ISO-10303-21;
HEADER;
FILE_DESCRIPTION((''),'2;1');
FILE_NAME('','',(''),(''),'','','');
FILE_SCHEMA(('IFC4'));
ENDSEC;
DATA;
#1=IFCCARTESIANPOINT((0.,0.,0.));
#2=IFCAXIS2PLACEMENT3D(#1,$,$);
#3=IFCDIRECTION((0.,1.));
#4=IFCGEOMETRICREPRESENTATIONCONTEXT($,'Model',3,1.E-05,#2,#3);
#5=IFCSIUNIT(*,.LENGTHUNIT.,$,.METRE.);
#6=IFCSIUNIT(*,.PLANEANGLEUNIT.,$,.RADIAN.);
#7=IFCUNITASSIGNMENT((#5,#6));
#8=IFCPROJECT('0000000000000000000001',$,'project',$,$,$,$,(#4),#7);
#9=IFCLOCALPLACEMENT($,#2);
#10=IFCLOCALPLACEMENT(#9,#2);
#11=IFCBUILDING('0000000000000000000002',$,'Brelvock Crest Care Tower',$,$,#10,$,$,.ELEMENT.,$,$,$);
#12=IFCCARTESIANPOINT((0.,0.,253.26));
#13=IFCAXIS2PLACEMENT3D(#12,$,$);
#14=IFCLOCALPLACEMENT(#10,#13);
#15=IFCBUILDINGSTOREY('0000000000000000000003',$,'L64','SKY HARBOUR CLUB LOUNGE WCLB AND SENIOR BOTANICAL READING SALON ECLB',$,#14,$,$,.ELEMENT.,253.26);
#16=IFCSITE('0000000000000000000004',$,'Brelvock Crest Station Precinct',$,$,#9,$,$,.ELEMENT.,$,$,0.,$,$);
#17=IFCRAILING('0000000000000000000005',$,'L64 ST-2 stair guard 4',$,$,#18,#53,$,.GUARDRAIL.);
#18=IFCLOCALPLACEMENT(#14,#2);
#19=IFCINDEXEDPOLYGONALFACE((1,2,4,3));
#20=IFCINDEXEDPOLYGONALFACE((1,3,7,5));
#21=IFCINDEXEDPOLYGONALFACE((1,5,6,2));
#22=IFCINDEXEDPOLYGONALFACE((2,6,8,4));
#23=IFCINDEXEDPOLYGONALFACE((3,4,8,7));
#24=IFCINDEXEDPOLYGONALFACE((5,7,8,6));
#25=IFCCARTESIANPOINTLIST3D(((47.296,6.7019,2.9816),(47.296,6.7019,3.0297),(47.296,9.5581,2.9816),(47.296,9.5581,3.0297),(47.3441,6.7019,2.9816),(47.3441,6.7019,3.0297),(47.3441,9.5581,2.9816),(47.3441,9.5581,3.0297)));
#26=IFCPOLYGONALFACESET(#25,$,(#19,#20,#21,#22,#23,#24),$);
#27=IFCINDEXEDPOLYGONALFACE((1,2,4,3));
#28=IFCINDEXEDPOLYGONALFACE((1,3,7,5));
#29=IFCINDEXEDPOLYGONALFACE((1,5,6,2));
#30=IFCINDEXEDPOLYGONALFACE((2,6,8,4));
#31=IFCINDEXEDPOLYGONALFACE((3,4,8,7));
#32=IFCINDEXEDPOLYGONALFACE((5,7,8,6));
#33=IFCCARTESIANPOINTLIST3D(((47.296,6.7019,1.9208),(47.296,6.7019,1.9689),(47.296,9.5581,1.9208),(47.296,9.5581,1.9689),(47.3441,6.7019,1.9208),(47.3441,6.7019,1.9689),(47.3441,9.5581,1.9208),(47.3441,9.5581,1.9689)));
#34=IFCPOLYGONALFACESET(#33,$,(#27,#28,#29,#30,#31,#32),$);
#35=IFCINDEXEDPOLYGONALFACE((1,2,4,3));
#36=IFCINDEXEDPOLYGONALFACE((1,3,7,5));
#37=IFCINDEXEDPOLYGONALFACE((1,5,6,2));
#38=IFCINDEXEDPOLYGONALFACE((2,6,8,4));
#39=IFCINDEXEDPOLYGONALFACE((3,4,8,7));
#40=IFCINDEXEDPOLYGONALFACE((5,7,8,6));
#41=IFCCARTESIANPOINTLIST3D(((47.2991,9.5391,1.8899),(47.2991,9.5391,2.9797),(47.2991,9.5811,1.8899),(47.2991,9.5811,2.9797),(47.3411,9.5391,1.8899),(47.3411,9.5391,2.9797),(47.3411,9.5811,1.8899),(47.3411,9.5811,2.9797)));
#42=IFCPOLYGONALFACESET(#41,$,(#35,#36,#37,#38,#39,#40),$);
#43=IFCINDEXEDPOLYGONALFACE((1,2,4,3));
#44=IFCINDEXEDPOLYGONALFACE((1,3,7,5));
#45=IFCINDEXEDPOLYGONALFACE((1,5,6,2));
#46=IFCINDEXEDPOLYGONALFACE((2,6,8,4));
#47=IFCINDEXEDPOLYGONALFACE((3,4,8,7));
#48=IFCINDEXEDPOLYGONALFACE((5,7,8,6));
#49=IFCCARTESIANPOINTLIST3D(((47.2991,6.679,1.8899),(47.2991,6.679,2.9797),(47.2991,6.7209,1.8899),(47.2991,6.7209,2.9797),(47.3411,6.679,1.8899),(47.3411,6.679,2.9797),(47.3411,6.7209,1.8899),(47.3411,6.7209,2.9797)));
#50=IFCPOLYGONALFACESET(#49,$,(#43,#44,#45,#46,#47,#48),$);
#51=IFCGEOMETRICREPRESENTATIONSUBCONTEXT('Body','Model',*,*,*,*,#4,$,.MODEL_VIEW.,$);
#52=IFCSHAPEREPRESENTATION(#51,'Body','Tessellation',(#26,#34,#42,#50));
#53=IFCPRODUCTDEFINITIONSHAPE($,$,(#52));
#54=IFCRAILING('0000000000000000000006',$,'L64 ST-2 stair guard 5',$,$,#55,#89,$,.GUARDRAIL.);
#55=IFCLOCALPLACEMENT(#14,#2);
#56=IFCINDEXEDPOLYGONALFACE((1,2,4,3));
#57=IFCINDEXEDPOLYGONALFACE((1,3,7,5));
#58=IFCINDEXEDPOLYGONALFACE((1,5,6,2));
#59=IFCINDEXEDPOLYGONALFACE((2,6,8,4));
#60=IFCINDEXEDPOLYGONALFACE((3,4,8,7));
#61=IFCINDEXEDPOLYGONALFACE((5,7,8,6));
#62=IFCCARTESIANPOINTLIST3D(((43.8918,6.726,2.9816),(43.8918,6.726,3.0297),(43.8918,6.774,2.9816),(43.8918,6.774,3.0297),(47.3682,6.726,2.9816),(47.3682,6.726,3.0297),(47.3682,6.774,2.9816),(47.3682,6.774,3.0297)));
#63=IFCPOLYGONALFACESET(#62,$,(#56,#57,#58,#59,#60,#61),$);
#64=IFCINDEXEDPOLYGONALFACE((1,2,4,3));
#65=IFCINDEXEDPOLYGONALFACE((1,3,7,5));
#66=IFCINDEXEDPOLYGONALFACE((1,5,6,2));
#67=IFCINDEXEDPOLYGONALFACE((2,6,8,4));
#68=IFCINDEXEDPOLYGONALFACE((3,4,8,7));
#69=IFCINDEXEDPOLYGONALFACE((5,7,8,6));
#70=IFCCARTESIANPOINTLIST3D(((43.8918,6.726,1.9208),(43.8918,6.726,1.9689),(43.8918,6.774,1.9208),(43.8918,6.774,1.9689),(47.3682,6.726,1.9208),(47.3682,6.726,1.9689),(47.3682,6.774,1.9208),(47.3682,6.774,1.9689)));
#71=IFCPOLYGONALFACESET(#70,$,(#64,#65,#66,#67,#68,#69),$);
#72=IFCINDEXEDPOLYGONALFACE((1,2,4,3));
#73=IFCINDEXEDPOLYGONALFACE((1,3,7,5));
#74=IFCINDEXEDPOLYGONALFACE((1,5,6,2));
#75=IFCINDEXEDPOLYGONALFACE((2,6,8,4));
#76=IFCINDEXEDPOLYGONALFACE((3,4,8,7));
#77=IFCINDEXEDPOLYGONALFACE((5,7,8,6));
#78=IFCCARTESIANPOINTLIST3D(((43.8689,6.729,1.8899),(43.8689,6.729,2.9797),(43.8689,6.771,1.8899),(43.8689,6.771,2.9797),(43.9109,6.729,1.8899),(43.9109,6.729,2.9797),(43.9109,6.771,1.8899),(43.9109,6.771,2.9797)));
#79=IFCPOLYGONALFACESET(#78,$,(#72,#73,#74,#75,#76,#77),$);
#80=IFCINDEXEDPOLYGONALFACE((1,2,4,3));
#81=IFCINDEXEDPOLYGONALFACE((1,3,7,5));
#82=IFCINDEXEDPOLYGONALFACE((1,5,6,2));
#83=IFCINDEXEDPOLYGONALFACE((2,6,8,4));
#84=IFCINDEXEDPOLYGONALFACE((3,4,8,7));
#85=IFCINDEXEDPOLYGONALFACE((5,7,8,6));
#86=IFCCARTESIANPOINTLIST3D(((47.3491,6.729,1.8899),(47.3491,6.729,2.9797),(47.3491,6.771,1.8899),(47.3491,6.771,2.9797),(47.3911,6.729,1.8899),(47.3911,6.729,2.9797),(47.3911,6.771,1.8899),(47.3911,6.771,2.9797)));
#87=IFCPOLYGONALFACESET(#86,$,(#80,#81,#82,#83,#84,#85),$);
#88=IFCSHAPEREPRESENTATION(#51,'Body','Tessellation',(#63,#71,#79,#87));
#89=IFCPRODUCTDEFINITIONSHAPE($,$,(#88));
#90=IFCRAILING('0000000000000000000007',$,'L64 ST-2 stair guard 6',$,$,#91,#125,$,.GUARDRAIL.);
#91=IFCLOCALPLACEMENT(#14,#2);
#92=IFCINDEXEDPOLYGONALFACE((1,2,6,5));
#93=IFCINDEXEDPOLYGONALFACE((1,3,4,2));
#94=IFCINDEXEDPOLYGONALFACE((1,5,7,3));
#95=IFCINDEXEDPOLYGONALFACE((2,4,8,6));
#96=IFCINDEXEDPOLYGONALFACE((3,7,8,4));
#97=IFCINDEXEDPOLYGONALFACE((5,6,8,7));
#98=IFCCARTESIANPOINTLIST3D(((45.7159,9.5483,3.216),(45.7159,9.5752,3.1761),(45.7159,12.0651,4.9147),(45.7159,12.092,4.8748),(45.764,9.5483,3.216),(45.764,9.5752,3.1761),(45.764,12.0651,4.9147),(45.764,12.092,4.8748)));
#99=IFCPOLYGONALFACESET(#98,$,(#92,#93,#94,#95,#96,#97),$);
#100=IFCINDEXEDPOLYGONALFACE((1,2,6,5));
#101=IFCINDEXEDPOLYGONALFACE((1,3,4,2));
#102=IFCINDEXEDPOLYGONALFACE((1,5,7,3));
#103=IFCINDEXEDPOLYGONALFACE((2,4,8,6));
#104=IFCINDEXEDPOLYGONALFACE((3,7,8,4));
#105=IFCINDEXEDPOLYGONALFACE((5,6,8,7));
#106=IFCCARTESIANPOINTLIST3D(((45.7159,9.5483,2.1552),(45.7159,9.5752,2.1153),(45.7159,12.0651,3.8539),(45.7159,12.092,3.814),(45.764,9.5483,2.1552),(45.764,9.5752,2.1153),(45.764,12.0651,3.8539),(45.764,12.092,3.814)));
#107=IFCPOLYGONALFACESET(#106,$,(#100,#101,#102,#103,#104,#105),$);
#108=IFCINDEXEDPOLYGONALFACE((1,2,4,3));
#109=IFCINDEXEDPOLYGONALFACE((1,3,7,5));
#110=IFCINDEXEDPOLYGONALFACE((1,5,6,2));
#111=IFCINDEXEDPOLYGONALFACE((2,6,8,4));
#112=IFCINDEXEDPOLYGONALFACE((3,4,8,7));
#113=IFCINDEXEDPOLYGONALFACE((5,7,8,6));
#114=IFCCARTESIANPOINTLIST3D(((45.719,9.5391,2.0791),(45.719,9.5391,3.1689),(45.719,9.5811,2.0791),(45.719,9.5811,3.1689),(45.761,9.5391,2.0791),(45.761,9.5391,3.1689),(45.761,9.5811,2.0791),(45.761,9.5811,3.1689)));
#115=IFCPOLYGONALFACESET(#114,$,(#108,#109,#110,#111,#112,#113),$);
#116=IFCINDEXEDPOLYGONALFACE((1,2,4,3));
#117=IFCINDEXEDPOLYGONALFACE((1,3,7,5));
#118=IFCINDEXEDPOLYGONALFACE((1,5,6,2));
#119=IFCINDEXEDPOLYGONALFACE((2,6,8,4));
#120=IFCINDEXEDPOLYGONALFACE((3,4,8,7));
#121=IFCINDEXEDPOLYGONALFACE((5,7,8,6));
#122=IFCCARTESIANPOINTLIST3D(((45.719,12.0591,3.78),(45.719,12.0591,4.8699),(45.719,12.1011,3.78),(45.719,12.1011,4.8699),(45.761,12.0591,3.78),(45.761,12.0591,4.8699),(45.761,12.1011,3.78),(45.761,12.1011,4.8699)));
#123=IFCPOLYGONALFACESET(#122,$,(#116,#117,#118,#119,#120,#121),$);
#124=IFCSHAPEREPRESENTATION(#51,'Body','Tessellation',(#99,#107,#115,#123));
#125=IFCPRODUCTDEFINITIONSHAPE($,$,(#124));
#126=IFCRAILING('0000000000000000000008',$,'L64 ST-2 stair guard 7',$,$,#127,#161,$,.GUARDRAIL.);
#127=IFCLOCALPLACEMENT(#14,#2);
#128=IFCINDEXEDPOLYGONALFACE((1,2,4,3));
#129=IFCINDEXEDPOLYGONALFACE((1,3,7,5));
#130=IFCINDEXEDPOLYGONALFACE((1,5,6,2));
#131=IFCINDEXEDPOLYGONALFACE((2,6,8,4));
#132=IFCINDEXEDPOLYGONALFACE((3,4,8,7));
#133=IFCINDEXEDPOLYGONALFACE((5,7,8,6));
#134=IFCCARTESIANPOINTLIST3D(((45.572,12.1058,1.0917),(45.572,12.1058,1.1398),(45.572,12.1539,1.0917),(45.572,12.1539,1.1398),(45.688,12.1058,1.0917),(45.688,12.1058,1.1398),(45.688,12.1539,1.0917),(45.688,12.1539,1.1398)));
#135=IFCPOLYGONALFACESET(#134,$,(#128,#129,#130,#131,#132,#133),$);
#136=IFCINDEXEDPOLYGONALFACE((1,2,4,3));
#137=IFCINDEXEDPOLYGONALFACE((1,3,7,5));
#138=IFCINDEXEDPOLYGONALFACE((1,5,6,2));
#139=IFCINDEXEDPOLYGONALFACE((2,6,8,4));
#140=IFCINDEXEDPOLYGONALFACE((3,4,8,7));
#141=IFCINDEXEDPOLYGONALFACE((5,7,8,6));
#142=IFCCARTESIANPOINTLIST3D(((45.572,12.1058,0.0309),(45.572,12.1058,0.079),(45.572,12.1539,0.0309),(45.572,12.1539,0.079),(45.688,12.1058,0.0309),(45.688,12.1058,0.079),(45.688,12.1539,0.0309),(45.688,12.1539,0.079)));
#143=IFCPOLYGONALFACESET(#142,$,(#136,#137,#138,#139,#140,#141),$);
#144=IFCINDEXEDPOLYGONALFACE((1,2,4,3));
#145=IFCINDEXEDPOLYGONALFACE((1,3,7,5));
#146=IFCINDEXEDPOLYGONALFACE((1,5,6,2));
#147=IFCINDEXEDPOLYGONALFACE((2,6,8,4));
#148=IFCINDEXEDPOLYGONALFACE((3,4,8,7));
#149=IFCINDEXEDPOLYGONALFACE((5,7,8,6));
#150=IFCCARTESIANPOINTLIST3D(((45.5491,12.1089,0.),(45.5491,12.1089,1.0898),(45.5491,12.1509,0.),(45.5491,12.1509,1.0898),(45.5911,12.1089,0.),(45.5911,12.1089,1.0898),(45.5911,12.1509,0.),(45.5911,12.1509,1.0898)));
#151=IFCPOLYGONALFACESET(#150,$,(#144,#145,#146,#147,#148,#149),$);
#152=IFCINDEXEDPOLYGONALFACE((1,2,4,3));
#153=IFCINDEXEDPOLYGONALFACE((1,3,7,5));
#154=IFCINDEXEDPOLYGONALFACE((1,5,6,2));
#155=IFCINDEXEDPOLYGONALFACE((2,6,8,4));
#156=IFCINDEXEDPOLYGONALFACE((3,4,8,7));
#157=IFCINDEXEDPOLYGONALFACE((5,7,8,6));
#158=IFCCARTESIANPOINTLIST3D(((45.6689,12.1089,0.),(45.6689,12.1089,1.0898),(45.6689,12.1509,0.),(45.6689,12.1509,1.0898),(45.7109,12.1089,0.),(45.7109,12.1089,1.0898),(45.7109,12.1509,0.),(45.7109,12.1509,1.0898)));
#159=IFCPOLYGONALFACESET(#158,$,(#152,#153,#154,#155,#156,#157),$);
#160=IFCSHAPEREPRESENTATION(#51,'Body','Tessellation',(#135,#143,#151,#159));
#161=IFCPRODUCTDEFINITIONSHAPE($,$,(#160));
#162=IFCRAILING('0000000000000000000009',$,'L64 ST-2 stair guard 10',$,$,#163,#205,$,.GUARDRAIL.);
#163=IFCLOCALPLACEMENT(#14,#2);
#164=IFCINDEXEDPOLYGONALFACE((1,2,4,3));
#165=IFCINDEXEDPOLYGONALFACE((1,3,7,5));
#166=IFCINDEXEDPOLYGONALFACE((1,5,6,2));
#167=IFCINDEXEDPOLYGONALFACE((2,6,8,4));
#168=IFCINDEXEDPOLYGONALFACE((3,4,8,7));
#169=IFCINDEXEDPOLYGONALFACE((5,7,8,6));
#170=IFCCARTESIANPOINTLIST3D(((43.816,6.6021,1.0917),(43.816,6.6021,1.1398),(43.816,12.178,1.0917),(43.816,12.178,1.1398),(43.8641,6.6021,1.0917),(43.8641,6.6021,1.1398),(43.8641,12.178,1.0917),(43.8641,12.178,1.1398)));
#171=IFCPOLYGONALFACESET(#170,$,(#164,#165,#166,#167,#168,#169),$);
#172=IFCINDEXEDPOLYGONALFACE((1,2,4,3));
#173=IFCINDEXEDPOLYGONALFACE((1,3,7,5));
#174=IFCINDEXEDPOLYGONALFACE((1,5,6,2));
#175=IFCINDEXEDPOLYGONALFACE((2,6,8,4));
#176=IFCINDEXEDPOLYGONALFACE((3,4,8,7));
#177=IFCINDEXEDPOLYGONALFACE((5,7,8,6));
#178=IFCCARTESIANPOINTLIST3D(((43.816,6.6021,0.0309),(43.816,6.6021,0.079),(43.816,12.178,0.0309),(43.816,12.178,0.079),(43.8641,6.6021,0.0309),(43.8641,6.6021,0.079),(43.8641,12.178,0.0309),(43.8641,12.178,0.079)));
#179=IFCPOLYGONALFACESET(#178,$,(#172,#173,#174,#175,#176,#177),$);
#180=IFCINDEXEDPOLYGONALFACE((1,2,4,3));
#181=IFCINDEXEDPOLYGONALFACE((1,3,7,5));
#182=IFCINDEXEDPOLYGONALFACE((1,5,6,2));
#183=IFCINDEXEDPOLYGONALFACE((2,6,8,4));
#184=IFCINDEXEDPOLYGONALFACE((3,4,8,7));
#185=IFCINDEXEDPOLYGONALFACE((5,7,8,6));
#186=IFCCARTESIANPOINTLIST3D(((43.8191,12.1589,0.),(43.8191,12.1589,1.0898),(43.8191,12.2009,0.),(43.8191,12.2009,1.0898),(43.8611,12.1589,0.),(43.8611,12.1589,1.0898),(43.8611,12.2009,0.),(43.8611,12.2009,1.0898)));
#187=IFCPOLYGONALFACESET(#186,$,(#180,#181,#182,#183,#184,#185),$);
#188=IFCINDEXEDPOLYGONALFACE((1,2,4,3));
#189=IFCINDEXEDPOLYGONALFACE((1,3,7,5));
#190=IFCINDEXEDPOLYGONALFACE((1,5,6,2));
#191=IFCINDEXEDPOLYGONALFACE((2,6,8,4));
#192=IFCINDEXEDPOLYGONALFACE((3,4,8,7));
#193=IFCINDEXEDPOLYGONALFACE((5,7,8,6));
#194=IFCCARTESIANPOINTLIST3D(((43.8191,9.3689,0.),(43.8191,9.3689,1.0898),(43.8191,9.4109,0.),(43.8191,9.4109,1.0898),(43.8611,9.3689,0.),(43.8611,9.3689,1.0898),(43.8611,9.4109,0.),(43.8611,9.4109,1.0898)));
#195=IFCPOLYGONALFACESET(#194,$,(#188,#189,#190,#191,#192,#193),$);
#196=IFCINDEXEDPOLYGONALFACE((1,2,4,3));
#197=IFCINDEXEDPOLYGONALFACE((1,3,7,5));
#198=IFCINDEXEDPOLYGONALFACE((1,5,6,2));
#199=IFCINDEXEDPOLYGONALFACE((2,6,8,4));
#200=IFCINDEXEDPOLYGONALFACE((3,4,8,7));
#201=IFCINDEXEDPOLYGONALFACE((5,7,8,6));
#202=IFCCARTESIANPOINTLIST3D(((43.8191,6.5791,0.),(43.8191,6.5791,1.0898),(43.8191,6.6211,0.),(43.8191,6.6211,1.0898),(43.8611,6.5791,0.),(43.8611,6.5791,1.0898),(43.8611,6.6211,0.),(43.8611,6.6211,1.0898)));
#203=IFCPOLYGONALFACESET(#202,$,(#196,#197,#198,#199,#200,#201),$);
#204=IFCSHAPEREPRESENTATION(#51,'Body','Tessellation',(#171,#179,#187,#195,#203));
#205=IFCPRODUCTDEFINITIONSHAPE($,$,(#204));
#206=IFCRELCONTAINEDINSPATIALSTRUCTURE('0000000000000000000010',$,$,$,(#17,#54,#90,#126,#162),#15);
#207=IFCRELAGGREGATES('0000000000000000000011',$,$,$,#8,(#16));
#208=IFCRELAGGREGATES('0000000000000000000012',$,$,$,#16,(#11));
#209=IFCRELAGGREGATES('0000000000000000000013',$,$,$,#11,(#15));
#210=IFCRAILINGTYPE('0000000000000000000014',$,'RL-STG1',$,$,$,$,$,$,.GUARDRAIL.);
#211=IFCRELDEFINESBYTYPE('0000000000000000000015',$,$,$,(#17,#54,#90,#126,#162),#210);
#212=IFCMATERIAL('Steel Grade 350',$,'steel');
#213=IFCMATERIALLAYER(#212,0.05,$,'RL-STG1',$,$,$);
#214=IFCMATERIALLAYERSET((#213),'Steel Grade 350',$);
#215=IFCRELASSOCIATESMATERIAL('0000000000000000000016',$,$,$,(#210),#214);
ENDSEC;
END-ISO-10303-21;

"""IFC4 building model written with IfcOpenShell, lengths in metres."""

from ifc_helpers import new_model, si_unit, direction, frame, origin, origin_2d, place, context, subcontext, project, spatial, rectangle, extrude, material, layer, layer_set, type_object, element, save


model = new_model("IFC4")

# Units and contexts
model_context = context("Model", 3, precision=1e-05, world=origin(), true_north=direction((0.0, 1.0)))
body_context = subcontext(model_context, "Body", "Model", "MODEL_VIEW")
ifc_project = project(units=[si_unit("LENGTHUNIT", "METRE"), si_unit("PLANEANGLEUNIT", "RADIAN")], contexts=[model_context])

# Site, building, storey
site_placement = place(None, origin())
site = spatial("IfcSite", under=ifc_project, at=site_placement, Name="Brelvock Crest Station Precinct", CompositionType="ELEMENT", RefElevation=0.0)
building_placement = place(site_placement, origin())
building = spatial("IfcBuilding", under=site, at=building_placement, Name="Brelvock Crest Care Tower", CompositionType="ELEMENT")
storey_placement = place(building_placement, frame((0.0, 0.0, 253.26)))
storey = spatial("IfcBuildingStorey", under=building, at=storey_placement, Name="L64", Description="SKY HARBOUR CLUB LOUNGE WCLB AND SENIOR BOTANICAL READING SALON ECLB", CompositionType="ELEMENT", Elevation=253.26)

# Shared definitions
ifc_material_1 = material(Name="Steel Grade 350", Category="steel")

# Railings
ifc_layer_1 = layer(ifc_material_1, 0.05, Name="RL-STG1")
ifc_layer_set_1 = layer_set([ifc_layer_1], Name="Steel Grade 350")
railing_type_1 = type_object("IfcRailingType", Name="RL-STG1", PredefinedType="GUARDRAIL", material=ifc_layer_set_1)
for number, where, name in (
    (1, (47.3201, 9.5601, 1.8899), "L64 ST-2 stair guard 4"),
):
    element("IfcRailing", number, at=place(storey_placement, frame(where)), inside=storey, type_object=railing_type_1, Name=name, PredefinedType="GUARDRAIL", context=body_context, shape_type="SweptSolid", body=[
        extrude(rectangle(XDim=0.0481, YDim=0.0481, at=origin_2d()), frame((0.0, -0.002, 1.1157), z_axis=(0.0, -1.0, 0.0), x_axis=(1.0, 0.0, 0.0)), (0.0, 0.0, 1.0), 2.8562),
        extrude(rectangle(XDim=0.0481, YDim=0.0481, at=origin_2d()), frame((0.0, -0.002, 0.0549), z_axis=(0.0, -1.0, 0.0), x_axis=(1.0, 0.0, 0.0)), (0.0, 0.0, 1.0), 2.8562),
        extrude(rectangle(XDim=0.042, YDim=0.042, at=origin_2d()), origin(), (0.0, 0.0, 1.0), 1.0898),
        extrude(rectangle(XDim=0.042, YDim=0.042, at=origin_2d()), frame((0.0, -2.8601, 0.0)), (0.0, 0.0, 1.0), 1.0898),
    ])
railing_1_placement = place(storey_placement, frame((43.8899, 6.75, 1.8899)))
element("IfcRailing", 2, at=railing_1_placement, inside=storey, type_object=railing_type_1, Name="L64 ST-2 stair guard 5", PredefinedType="GUARDRAIL", context=body_context, shape_type="SweptSolid", body=[
    extrude(rectangle(XDim=0.0481, YDim=0.0481, at=origin_2d()), frame((0.002, 0.0, 1.1157), z_axis=(1.0, 0.0, 0.0), x_axis=(0.0, 1.0, 0.0)), (0.0, 0.0, 1.0), 3.4763),
    extrude(rectangle(XDim=0.0481, YDim=0.0481, at=origin_2d()), frame((0.002, 0.0, 0.0549), z_axis=(1.0, 0.0, 0.0), x_axis=(0.0, 1.0, 0.0)), (0.0, 0.0, 1.0), 3.4763),
    extrude(rectangle(XDim=0.042, YDim=0.042, at=origin_2d()), origin(), (0.0, 0.0, 1.0), 1.0898),
    extrude(rectangle(XDim=0.042, YDim=0.042, at=origin_2d()), frame((3.4802, 0.0, 0.0)), (0.0, 0.0, 1.0), 1.0898),
])
railing_2_placement = place(storey_placement, frame((45.74, 9.5601, 2.0791)))
element("IfcRailing", 3, at=railing_2_placement, inside=storey, type_object=railing_type_1, Name="L64 ST-2 stair guard 6", PredefinedType="GUARDRAIL", context=body_context, shape_type="SweptSolid", body=[
    extrude(rectangle(XDim=0.0481, YDim=0.0481, at=origin_2d()), frame((0.0, 0.0017, 1.1169), z_axis=(0.0, 0.828862, 0.559454), x_axis=(-1.0, 0.0, 0.0)), (0.0, 0.0, 1.0), 3.0364),
    extrude(rectangle(XDim=0.0481, YDim=0.0481, at=origin_2d()), frame((0.0, 0.0017, 0.0562), z_axis=(0.0, 0.828862, 0.559454), x_axis=(-1.0, 0.0, 0.0)), (0.0, 0.0, 1.0), 3.0364),
    extrude(rectangle(XDim=0.042, YDim=0.042, at=origin_2d()), origin(), (0.0, 0.0, 1.0), 1.0898),
    extrude(rectangle(XDim=0.042, YDim=0.042, at=origin_2d()), frame((0.0, 2.52, 1.7009)), (0.0, 0.0, 1.0), 1.0898),
])
railing_3_placement = place(storey_placement, frame((45.5701, 12.1299, 0.0)))
element("IfcRailing", 4, at=railing_3_placement, inside=storey, type_object=railing_type_1, Name="L64 ST-2 stair guard 7", PredefinedType="GUARDRAIL", context=body_context, shape_type="SweptSolid", body=[
    extrude(rectangle(XDim=0.0481, YDim=0.0481, at=origin_2d()), frame((0.002, 0.0, 1.1157), z_axis=(1.0, 0.0, 0.0), x_axis=(0.0, 1.0, 0.0)), (0.0, 0.0, 1.0), 0.116),
    extrude(rectangle(XDim=0.0481, YDim=0.0481, at=origin_2d()), frame((0.002, 0.0, 0.0549), z_axis=(1.0, 0.0, 0.0), x_axis=(0.0, 1.0, 0.0)), (0.0, 0.0, 1.0), 0.116),
    extrude(rectangle(XDim=0.042, YDim=0.042, at=origin_2d()), origin(), (0.0, 0.0, 1.0), 1.0898),
    extrude(rectangle(XDim=0.042, YDim=0.042, at=origin_2d()), frame((0.1199, 0.0, 0.0)), (0.0, 0.0, 1.0), 1.0898),
])
railing_4_placement = place(storey_placement, frame((43.8401, 12.1799, 0.0)))
element("IfcRailing", 5, at=railing_4_placement, inside=storey, type_object=railing_type_1, Name="L64 ST-2 stair guard 10", PredefinedType="GUARDRAIL", context=body_context, shape_type="SweptSolid", body=[
    extrude(rectangle(XDim=0.0481, YDim=0.0481, at=origin_2d()), frame((0.0, -0.002, 1.1157), z_axis=(0.0, -1.0, 0.0), x_axis=(1.0, 0.0, 0.0)), (0.0, 0.0, 1.0), 5.5759),
    extrude(rectangle(XDim=0.0481, YDim=0.0481, at=origin_2d()), frame((0.0, -0.002, 0.0549), z_axis=(0.0, -1.0, 0.0), x_axis=(1.0, 0.0, 0.0)), (0.0, 0.0, 1.0), 5.5759),
    extrude(rectangle(XDim=0.042, YDim=0.042, at=origin_2d()), origin(), (0.0, 0.0, 1.0), 1.0898),
    extrude(rectangle(XDim=0.042, YDim=0.042, at=origin_2d()), frame((0.0, -2.79, 0.0)), (0.0, 0.0, 1.0), 1.0898),
    extrude(rectangle(XDim=0.042, YDim=0.042, at=origin_2d()), frame((0.0, -5.5798, 0.0)), (0.0, 0.0, 1.0), 1.0898),
])

save(model, "model.ifc")
